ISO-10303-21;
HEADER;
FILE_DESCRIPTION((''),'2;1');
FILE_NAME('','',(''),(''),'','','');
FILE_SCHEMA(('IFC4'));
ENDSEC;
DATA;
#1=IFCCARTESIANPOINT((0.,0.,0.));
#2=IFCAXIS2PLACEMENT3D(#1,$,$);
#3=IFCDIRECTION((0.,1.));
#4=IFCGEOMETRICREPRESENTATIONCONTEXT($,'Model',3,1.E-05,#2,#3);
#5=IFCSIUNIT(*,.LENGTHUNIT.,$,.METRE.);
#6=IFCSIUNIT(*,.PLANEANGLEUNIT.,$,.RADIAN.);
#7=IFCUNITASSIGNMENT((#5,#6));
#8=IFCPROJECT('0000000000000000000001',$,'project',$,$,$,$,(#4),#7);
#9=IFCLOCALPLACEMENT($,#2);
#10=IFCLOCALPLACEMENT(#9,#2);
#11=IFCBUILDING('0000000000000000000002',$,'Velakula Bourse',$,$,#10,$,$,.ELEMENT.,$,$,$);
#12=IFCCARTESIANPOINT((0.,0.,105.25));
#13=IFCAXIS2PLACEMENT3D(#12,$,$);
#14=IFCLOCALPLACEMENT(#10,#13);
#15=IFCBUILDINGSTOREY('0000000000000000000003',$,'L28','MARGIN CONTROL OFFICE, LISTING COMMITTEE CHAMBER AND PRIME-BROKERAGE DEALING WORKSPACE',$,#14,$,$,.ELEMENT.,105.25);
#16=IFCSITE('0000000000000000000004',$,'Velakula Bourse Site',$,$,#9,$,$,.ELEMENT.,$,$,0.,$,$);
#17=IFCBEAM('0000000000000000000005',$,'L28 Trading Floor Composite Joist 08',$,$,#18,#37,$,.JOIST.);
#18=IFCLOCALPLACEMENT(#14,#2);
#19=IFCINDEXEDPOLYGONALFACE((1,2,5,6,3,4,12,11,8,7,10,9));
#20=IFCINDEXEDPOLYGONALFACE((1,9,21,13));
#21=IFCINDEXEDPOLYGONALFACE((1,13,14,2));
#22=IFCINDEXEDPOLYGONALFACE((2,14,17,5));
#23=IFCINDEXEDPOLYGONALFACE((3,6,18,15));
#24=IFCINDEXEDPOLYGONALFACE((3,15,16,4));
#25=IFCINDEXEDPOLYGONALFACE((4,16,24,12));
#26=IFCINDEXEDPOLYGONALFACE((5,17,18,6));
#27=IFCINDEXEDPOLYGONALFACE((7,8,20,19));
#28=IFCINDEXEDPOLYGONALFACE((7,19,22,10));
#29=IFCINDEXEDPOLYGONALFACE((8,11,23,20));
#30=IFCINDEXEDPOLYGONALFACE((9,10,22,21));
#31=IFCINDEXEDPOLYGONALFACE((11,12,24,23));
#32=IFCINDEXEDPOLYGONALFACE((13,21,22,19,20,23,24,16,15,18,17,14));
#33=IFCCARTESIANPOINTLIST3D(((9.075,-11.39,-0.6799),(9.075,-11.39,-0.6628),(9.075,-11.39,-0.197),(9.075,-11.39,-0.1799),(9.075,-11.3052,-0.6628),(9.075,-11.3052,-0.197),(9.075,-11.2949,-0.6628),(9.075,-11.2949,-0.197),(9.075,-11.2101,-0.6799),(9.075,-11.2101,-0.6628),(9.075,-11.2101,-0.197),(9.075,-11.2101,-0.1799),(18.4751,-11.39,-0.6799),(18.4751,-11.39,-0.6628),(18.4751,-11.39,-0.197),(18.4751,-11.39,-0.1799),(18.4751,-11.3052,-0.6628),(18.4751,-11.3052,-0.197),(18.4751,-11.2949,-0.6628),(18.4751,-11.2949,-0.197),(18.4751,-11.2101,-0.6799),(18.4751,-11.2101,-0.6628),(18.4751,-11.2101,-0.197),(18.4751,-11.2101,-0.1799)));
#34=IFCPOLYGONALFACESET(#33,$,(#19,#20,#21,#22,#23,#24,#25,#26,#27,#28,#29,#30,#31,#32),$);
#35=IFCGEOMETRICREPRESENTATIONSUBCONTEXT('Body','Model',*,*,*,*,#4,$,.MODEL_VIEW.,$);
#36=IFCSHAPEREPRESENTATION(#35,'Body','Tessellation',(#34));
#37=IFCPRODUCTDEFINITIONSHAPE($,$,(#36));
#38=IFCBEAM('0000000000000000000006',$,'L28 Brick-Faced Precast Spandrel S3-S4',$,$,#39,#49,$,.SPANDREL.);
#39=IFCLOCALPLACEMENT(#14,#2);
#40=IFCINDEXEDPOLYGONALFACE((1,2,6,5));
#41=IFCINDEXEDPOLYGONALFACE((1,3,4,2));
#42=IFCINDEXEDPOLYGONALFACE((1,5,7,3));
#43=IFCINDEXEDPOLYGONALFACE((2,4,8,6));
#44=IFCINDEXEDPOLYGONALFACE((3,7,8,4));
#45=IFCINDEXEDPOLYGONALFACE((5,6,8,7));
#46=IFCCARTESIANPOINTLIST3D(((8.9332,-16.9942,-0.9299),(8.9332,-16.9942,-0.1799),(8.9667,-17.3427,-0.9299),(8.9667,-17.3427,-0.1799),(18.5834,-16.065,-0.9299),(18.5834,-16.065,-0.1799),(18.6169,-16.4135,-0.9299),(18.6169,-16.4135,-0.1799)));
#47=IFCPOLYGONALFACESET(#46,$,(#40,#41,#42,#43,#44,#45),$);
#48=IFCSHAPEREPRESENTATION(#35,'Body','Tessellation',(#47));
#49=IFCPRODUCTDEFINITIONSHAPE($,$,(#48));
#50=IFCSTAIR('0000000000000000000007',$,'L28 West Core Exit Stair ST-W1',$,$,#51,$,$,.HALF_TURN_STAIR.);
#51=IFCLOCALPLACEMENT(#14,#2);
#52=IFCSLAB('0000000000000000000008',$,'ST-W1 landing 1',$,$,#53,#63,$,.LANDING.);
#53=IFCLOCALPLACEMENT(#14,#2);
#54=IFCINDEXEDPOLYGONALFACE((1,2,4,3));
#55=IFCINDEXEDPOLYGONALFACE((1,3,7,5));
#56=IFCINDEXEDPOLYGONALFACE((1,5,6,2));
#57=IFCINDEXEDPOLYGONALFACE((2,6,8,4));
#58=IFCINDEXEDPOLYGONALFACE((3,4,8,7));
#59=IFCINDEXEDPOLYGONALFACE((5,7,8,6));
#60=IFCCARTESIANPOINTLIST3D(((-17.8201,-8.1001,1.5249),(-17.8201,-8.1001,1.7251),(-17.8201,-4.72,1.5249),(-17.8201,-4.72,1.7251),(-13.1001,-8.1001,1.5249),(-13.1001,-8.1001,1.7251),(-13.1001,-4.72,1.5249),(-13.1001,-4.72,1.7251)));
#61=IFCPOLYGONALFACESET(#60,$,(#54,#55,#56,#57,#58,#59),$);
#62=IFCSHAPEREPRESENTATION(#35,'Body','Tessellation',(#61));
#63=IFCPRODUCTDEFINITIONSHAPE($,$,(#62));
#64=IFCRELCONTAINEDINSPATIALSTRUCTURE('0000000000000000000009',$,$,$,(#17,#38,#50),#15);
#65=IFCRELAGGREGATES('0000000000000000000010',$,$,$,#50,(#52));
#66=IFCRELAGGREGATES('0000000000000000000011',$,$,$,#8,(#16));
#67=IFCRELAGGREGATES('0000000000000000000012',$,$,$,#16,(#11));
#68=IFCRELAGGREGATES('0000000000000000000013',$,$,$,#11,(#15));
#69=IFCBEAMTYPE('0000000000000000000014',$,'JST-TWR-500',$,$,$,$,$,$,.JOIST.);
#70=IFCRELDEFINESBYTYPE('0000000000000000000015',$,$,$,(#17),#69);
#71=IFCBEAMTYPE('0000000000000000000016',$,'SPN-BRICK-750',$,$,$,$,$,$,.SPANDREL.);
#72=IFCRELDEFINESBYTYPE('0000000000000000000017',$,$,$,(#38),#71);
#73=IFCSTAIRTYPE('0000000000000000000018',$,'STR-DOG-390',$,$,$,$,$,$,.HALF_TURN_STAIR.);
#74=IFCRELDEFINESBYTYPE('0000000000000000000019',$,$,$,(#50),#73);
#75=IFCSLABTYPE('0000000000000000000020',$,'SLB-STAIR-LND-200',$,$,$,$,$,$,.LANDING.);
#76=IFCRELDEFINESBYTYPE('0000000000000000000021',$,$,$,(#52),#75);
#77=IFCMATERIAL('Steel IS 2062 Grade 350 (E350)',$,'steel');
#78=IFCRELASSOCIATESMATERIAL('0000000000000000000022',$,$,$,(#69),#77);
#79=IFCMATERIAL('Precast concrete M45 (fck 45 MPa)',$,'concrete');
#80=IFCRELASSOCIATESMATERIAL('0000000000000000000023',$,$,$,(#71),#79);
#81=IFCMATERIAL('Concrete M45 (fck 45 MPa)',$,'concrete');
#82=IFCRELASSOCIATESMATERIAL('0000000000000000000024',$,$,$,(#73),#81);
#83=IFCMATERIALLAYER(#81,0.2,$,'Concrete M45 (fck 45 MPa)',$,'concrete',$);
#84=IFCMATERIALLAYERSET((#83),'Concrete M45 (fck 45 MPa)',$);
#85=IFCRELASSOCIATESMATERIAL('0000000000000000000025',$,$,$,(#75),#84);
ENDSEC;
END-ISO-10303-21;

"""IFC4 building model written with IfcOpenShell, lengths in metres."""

from ifc_helpers import new_model, si_unit, direction, frame, origin, origin_2d, place, context, subcontext, project, spatial, polyline, rectangle, i_section, outline, extrude, material, layer, layer_set, material_profile, profile_set, type_object, element, aggregate, save


model = new_model("IFC4")

# Units and contexts
model_context = context("Model", 3, precision=1e-05, world=origin(), true_north=direction((0.0, 1.0)))
body_context = subcontext(model_context, "Body", "Model", "MODEL_VIEW")
ifc_project = project(units=[si_unit("LENGTHUNIT", "METRE"), si_unit("PLANEANGLEUNIT", "RADIAN")], contexts=[model_context])

# Site, building, storey
site_placement = place(None, origin())
site = spatial("IfcSite", under=ifc_project, at=site_placement, Name="Velakula Bourse Site", CompositionType="ELEMENT", RefElevation=0.0)
building_placement = place(site_placement, origin())
building = spatial("IfcBuilding", under=site, at=building_placement, Name="Velakula Bourse", CompositionType="ELEMENT")
storey_placement = place(building_placement, frame((0.0, 0.0, 105.25)))
storey = spatial("IfcBuildingStorey", under=building, at=storey_placement, Name="L28", Description="MARGIN CONTROL OFFICE, LISTING COMMITTEE CHAMBER AND PRIME-BROKERAGE DEALING WORKSPACE", CompositionType="ELEMENT", Elevation=105.25)

# Beams
ifc_material_1 = material(Name="Steel IS 2062 Grade 350 (E350)", Category="steel")
ifc_material_profile_1 = material_profile(ifc_material_1, i_section(OverallWidth=0.1799, OverallDepth=0.5, WebThickness=0.0103, FlangeThickness=0.0171, at=origin_2d()), Name="Steel IS 2062 Grade 350 (E350)")
ifc_profile_set_1 = profile_set([ifc_material_profile_1], Name="Steel IS 2062 Grade 350 (E350)")
beam_type_1 = type_object("IfcBeamType", Name="JST-TWR-500", PredefinedType="JOIST", material=ifc_profile_set_1)
beam_1_placement = place(storey_placement, frame((9.075, -11.3, -0.4299), z_axis=(1.0, 0.0, 0.0), x_axis=(0.0, 1.0, 0.0)))
element("IfcBeam", 1, at=beam_1_placement, inside=storey, type_object=beam_type_1, Name="L28 Trading Floor Composite Joist 08", PredefinedType="JOIST", context=body_context, shape_type="SweptSolid", body=[
    extrude(i_section(OverallWidth=0.1799, OverallDepth=0.5, WebThickness=0.0103, FlangeThickness=0.0171, at=origin_2d()), origin(), (0.0, 0.0, 1.0), 9.4001),
])
ifc_material_2 = material(Name="Precast concrete M45 (fck 45 MPa)", Category="concrete")
ifc_material_profile_2 = material_profile(ifc_material_2, rectangle(XDim=0.3501, YDim=0.75, at=origin_2d()), Name="Precast concrete M45 (fck 45 MPa)")
ifc_profile_set_2 = profile_set([ifc_material_profile_2], Name="Precast concrete M45 (fck 45 MPa)")
beam_type_2 = type_object("IfcBeamType", Name="SPN-BRICK-750", PredefinedType="SPANDREL", material=ifc_profile_set_2)
beam_2_placement = place(storey_placement, frame((8.95, -17.1685, -0.5549), z_axis=(0.995396, 0.095845, 0.0), x_axis=(-0.095845, 0.995396, 0.0)))
element("IfcBeam", 2, at=beam_2_placement, inside=storey, type_object=beam_type_2, Name="L28 Brick-Faced Precast Spandrel S3-S4", PredefinedType="SPANDREL", context=body_context, shape_type="SweptSolid", body=[
    extrude(rectangle(XDim=0.3501, YDim=0.75, at=origin_2d()), origin(), (0.0, 0.0, 1.0), 9.6948),
])

# Stair, slab
ifc_material_3 = material(Name="Concrete M45 (fck 45 MPa)", Category="concrete")
stair_type = type_object("IfcStairType", Name="STR-DOG-390", PredefinedType="HALF_TURN_STAIR", material=ifc_material_3)
stair_placement = place(storey_placement, origin())
stair = element("IfcStair", 3, at=stair_placement, inside=storey, type_object=stair_type, Name="L28 West Core Exit Stair ST-W1", PredefinedType="HALF_TURN_STAIR")
ifc_layer_1 = layer(ifc_material_3, 0.2, Name="Concrete M45 (fck 45 MPa)", Category="concrete")
ifc_layer_set_1 = layer_set([ifc_layer_1], Name="Concrete M45 (fck 45 MPa)")
slab_type_1 = type_object("IfcSlabType", Name="SLB-STAIR-LND-200", PredefinedType="LANDING", material=ifc_layer_set_1)
slab_1_placement = place(storey_placement, frame((0.0, 0.0, 1.5249)))
slab_1 = element("IfcSlab", 4, at=slab_1_placement, type_object=slab_type_1, Name="ST-W1 landing 1", PredefinedType="LANDING", context=body_context, shape_type="SweptSolid", body=[
    extrude(outline(polyline([(-17.8201, -4.72), (-17.8201, -8.1001), (-13.1001, -8.1001), (-13.1001, -4.72), (-17.8201, -4.72)])), origin(), (0.0, 0.0, 1.0), 0.2002),
])
aggregate(stair, [slab_1])

save(model, "model.ifc")
